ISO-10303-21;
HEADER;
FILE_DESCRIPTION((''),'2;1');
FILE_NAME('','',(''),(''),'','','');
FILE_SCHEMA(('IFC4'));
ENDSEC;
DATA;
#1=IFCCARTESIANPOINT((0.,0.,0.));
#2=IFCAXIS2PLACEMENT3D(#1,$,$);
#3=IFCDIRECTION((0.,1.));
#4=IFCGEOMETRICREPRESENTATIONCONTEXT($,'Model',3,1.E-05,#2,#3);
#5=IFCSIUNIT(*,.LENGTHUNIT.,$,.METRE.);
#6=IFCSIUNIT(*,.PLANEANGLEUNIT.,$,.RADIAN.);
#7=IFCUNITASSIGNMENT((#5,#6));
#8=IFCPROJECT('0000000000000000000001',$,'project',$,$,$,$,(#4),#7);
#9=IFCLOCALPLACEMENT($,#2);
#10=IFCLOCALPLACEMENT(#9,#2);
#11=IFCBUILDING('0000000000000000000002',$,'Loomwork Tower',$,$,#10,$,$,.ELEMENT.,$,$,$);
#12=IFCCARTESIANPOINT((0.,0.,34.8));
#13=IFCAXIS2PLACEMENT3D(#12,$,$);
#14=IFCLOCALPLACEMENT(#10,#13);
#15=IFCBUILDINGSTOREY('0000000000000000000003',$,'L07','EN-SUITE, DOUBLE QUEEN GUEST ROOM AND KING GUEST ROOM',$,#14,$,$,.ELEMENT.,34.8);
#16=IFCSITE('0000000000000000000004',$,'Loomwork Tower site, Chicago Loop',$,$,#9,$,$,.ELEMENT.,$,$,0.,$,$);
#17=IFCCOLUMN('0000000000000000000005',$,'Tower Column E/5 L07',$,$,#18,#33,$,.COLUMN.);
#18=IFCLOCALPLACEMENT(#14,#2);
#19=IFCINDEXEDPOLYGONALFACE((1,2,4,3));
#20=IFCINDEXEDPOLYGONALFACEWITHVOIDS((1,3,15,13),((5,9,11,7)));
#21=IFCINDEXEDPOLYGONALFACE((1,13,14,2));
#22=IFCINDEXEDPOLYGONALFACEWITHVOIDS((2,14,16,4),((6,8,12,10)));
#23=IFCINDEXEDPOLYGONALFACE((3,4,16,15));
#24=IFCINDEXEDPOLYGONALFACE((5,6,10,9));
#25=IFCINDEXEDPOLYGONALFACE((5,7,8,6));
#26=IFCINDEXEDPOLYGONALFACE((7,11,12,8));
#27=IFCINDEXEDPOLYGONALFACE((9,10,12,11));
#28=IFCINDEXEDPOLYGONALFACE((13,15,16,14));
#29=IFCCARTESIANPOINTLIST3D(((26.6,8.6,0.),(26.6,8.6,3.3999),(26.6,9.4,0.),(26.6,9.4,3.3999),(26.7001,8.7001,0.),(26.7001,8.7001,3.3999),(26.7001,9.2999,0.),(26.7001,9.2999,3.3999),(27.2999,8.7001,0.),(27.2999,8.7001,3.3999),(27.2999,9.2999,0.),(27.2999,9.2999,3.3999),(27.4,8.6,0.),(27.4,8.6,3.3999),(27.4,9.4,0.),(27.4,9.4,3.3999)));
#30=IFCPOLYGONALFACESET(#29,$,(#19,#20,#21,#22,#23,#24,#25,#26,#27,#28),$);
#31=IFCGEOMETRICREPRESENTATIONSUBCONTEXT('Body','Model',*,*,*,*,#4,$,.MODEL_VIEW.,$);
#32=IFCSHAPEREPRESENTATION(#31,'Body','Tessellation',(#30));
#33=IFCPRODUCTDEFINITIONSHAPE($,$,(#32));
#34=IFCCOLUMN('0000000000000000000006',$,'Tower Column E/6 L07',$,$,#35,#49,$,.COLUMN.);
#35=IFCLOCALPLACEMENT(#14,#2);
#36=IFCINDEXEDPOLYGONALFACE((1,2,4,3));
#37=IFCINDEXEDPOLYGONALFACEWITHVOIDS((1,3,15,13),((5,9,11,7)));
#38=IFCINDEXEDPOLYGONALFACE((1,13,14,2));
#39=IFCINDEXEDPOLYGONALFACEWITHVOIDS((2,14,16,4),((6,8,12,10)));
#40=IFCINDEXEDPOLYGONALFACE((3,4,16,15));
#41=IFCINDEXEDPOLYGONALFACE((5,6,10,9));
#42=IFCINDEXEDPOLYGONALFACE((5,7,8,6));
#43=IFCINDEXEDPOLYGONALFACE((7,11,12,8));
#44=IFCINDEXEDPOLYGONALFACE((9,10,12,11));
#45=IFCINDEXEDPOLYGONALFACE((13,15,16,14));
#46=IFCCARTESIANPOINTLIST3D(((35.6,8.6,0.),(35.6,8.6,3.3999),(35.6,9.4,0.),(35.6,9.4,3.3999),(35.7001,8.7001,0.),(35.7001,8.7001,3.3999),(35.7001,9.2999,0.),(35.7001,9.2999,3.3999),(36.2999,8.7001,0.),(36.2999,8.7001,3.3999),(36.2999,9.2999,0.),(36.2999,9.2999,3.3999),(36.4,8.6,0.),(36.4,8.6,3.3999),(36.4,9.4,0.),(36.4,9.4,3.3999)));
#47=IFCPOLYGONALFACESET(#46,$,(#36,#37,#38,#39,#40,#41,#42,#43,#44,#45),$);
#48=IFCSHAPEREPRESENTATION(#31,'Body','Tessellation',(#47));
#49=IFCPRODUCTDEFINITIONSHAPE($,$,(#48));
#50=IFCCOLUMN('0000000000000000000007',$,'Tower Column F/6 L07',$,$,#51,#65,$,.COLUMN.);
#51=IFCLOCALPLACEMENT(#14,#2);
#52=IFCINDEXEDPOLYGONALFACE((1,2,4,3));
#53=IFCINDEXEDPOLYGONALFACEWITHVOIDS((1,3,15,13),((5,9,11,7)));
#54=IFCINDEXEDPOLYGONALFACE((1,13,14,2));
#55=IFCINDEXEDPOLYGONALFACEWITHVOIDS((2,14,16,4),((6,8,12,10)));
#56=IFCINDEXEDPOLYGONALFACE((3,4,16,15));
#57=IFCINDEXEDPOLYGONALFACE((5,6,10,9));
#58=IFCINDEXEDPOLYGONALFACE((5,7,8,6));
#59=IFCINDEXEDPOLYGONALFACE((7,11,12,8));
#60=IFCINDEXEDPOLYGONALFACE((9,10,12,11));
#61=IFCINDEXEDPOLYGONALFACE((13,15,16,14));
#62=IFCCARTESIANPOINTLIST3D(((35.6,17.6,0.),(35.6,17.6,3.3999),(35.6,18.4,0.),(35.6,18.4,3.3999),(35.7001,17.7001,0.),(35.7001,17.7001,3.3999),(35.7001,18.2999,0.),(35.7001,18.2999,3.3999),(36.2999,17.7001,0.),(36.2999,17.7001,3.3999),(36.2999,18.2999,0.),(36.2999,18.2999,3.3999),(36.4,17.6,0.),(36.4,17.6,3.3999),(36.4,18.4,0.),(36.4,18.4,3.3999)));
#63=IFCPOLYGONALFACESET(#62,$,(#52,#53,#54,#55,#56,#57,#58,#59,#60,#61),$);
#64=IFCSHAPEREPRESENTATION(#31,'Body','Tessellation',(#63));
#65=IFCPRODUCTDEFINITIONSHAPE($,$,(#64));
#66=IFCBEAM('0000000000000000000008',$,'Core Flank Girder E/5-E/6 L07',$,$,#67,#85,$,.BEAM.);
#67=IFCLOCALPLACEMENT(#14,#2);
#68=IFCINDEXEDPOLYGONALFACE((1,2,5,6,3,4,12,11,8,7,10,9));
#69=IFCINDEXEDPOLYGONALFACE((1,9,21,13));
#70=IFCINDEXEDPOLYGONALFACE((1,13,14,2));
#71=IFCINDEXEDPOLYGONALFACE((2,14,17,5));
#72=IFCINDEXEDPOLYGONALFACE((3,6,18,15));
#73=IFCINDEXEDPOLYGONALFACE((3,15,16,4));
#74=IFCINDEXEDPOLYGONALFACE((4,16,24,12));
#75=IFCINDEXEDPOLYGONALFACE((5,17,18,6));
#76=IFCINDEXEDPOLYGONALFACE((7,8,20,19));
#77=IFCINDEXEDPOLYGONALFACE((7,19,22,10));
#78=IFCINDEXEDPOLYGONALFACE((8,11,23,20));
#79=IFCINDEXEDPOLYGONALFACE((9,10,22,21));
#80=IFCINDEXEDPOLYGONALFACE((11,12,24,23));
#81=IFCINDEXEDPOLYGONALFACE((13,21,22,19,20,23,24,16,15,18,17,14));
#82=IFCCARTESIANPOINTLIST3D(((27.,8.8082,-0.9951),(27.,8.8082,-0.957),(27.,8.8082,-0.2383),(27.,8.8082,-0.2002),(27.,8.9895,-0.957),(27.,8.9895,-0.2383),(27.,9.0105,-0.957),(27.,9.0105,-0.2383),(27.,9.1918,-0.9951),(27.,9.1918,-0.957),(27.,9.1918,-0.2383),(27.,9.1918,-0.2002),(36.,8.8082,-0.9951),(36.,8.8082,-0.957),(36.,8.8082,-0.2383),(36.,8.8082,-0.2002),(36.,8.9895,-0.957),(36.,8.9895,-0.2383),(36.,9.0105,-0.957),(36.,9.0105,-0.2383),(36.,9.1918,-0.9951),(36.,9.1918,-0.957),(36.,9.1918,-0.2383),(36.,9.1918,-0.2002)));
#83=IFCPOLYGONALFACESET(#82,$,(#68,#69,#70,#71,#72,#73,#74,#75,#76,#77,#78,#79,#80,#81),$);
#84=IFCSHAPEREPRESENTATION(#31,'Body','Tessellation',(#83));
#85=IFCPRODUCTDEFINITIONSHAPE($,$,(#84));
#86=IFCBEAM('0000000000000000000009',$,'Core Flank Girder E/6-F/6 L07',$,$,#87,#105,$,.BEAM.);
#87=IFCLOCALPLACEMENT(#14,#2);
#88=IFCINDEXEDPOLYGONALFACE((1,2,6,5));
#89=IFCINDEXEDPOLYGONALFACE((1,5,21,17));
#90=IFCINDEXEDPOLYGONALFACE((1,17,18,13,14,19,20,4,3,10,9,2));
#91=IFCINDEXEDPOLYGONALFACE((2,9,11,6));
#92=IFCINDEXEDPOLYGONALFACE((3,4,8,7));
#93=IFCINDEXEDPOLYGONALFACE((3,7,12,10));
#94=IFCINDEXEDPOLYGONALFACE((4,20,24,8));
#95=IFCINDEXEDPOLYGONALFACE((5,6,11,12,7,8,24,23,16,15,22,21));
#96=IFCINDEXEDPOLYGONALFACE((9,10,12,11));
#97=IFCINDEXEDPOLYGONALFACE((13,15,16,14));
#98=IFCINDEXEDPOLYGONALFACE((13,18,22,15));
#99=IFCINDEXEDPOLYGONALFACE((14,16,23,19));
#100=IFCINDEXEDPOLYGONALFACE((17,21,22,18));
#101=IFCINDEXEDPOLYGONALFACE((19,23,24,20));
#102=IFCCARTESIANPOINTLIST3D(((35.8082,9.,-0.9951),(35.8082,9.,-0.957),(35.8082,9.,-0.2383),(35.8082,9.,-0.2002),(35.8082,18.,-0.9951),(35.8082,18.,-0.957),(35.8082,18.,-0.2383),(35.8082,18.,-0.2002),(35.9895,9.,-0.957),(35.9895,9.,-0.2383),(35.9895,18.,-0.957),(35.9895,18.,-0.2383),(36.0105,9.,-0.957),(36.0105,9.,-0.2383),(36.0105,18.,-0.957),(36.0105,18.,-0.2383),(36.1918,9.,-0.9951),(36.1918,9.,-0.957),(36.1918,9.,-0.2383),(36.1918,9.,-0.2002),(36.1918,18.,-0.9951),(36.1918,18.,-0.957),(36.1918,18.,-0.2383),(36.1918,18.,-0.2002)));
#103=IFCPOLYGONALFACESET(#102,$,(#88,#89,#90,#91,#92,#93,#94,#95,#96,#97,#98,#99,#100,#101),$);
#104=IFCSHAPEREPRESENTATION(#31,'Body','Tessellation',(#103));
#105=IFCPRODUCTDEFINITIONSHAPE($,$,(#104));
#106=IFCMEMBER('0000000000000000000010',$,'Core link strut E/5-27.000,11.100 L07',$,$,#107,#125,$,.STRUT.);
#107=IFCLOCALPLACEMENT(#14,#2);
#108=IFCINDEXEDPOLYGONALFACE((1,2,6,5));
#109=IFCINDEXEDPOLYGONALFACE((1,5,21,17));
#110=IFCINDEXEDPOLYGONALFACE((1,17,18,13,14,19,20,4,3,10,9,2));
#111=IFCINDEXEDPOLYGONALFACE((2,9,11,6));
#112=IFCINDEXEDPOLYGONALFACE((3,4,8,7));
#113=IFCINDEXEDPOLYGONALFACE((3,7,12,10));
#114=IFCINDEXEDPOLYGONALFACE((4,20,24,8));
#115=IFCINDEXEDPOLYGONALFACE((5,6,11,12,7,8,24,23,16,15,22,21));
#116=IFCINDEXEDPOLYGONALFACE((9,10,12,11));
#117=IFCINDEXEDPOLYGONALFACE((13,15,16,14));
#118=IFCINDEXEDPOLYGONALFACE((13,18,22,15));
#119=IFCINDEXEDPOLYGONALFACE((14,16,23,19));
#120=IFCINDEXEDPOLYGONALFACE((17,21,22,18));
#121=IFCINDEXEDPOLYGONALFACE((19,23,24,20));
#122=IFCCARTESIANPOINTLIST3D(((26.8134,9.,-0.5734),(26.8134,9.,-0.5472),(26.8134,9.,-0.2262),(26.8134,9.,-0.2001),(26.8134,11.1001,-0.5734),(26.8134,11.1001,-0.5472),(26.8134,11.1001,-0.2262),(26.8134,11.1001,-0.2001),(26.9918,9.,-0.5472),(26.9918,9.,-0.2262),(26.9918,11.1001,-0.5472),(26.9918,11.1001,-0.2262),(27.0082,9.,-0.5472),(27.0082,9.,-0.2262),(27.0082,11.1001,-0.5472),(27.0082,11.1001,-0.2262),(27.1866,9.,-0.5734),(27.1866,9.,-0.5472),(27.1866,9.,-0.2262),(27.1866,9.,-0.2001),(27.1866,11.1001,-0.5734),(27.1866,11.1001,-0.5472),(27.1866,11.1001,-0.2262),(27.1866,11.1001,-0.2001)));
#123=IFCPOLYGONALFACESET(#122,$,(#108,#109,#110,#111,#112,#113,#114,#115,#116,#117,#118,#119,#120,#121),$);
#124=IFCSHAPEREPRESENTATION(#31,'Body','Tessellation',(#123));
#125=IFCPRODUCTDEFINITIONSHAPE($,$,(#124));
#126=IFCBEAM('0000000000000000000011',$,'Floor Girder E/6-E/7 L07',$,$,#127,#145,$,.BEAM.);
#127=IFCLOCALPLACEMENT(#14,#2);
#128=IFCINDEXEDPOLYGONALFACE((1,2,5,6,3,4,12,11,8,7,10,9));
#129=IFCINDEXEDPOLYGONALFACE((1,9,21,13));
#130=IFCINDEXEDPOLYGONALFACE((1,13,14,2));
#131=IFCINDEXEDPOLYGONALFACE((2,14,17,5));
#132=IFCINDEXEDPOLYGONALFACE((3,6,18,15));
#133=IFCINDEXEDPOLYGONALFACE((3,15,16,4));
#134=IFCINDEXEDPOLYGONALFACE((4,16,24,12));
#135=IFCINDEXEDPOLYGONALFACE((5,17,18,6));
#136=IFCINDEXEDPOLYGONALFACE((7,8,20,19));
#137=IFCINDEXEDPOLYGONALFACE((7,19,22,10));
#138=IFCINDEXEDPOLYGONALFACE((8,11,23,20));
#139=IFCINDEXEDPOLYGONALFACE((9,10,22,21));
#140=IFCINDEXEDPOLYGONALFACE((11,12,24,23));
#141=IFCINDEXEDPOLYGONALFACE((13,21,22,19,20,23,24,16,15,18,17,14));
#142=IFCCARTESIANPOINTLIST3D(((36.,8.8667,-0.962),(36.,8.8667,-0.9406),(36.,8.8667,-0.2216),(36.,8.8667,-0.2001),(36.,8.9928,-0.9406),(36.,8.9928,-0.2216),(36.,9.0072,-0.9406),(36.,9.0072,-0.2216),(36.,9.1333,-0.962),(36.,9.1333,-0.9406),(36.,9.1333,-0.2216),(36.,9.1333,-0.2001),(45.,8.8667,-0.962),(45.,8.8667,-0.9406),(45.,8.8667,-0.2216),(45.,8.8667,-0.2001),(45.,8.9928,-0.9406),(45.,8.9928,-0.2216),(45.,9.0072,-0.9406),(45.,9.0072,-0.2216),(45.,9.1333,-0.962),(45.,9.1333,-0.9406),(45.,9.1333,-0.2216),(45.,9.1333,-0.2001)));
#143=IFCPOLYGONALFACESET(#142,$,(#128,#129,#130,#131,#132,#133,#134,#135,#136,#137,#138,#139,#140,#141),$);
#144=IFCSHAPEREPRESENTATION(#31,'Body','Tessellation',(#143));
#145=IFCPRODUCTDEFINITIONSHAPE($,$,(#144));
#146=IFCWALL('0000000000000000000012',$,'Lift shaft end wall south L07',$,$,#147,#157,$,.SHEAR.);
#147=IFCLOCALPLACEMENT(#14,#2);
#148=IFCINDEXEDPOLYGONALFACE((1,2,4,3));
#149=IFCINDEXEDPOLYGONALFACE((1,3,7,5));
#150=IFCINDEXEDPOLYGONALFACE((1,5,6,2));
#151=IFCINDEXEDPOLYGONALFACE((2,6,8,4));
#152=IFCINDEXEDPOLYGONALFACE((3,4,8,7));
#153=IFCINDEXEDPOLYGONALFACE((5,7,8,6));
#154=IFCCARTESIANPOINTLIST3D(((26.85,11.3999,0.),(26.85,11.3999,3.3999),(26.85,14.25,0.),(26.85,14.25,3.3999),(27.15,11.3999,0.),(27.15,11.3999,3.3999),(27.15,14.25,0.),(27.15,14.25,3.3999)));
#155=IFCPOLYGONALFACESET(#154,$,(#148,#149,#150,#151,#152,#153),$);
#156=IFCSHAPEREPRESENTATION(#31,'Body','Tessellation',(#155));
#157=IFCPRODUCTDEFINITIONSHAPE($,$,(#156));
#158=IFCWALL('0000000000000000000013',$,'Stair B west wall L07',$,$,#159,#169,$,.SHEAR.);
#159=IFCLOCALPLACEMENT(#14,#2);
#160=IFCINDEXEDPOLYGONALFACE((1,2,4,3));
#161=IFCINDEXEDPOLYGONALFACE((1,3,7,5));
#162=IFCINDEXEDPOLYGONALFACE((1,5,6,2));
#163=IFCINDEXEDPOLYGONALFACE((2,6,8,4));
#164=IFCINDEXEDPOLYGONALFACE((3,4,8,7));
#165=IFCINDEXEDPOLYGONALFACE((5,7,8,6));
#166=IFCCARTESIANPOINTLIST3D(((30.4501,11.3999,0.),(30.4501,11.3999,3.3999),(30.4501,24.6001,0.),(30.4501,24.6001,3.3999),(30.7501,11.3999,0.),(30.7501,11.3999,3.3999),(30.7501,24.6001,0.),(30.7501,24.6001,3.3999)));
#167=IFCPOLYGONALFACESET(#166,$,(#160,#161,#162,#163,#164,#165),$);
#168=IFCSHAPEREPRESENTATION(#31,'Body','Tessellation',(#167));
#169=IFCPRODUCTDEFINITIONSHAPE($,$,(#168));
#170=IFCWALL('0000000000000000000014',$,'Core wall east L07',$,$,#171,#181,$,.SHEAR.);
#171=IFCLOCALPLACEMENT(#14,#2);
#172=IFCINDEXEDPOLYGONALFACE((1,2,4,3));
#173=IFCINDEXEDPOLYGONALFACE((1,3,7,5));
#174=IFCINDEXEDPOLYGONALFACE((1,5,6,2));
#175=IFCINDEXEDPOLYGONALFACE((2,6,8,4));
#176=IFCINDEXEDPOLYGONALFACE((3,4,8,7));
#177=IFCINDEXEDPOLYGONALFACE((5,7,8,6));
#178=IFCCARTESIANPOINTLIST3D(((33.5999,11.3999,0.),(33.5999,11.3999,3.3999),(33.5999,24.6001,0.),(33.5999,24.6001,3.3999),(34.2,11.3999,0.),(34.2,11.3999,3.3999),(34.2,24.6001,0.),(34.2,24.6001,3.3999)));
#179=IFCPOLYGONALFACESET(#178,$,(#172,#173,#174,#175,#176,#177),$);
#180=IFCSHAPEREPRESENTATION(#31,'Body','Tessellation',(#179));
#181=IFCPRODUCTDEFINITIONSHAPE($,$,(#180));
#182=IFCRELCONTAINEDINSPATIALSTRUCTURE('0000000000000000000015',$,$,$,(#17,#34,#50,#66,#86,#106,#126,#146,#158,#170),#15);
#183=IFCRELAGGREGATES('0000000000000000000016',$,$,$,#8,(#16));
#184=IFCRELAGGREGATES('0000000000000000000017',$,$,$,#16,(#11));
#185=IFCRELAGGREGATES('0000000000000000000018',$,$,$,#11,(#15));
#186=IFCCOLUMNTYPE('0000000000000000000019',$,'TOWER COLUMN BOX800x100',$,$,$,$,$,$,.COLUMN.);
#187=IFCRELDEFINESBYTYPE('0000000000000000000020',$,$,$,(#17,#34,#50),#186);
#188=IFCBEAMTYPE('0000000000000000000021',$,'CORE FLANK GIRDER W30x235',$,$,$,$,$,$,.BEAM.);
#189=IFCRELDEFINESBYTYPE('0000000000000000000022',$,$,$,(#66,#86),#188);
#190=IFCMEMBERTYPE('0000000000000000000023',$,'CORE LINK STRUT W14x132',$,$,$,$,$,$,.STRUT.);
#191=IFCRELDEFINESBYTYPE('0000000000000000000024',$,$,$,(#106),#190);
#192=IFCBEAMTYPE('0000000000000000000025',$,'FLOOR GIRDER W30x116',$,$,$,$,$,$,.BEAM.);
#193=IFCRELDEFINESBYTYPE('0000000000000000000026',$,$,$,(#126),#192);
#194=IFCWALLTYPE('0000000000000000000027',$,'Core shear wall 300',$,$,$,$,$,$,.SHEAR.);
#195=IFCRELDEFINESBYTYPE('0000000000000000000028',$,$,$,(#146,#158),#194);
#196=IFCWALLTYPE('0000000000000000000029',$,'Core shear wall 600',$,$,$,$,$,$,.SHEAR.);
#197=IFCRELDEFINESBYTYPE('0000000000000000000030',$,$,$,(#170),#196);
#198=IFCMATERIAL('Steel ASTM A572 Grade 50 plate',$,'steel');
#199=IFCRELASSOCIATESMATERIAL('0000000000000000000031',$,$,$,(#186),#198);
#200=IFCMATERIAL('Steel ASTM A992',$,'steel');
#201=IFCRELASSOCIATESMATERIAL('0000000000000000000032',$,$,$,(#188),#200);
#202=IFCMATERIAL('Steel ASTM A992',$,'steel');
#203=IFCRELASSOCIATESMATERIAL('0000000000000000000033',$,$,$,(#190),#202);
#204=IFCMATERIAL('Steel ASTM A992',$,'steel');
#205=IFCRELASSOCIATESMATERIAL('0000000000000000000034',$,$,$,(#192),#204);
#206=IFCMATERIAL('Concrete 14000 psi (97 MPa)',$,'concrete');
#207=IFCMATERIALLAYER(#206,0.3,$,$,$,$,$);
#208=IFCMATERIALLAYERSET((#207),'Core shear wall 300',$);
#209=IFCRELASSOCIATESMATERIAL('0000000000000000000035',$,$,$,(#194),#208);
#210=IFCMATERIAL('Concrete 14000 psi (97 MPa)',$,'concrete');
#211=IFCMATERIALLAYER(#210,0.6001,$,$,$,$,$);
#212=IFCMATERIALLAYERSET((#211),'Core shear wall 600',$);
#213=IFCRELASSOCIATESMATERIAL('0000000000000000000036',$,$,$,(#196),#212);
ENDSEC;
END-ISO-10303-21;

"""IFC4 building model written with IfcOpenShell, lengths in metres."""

from ifc_helpers import new_model, si_unit, direction, frame, frame_2d, origin, origin_2d, place, context, subcontext, project, spatial, rectangle, hollow_rectangle, i_section, extrude, material, layer, layer_set, material_profile, profile_set, type_object, element, save


model = new_model("IFC4")

# Units and contexts
model_context = context("Model", 3, precision=1e-05, world=origin(), true_north=direction((0.0, 1.0)))
body_context = subcontext(model_context, "Body", "Model", "MODEL_VIEW")
ifc_project = project(units=[si_unit("LENGTHUNIT", "METRE"), si_unit("PLANEANGLEUNIT", "RADIAN")], contexts=[model_context])

# Site, building, storey
site_placement = place(None, origin())
site = spatial("IfcSite", under=ifc_project, at=site_placement, Name="Loomwork Tower site, Chicago Loop", CompositionType="ELEMENT", RefElevation=0.0)
building_placement = place(site_placement, origin())
building = spatial("IfcBuilding", under=site, at=building_placement, Name="Loomwork Tower", CompositionType="ELEMENT")
storey_placement = place(building_placement, frame((0.0, 0.0, 34.8)))
storey = spatial("IfcBuildingStorey", under=building, at=storey_placement, Name="L07", Description="EN-SUITE, DOUBLE QUEEN GUEST ROOM AND KING GUEST ROOM", CompositionType="ELEMENT", Elevation=34.8)

# Columns
ifc_material_1 = material(Name="Steel ASTM A572 Grade 50 plate", Category="steel")
ifc_material_profile_1 = material_profile(ifc_material_1, hollow_rectangle(XDim=0.8, YDim=0.8, WallThickness=0.1001, at=origin_2d()), Name="BOX800x100")
ifc_profile_set_1 = profile_set([ifc_material_profile_1], Name="Steel ASTM A572 Grade 50 plate")
column_type = type_object("IfcColumnType", Name="TOWER COLUMN BOX800x100", PredefinedType="COLUMN", material=ifc_profile_set_1)
for number, where, z_axis, x_axis, name in (
    (1, (27.0, 9.0, 0.0), (0.0, 0.0, 1.0), (1.0, 0.0, 0.0), "Tower Column E/5 L07"),
    (2, (36.0, 9.0, 0.0), (0.0, 0.0, 1.0), (0.0, 1.0, 0.0), "Tower Column E/6 L07"),
    (3, (36.0, 18.0, 0.0), (0.0, 0.0, 1.0), (0.0, 1.0, 0.0), "Tower Column F/6 L07"),
):
    element("IfcColumn", number, at=place(storey_placement, frame(where, z_axis=z_axis, x_axis=x_axis)), inside=storey, type_object=column_type, Name=name, PredefinedType="COLUMN", context=body_context, shape_type="SweptSolid", body=[
        extrude(hollow_rectangle(XDim=0.8, YDim=0.8, WallThickness=0.1001, at=origin_2d()), origin(), (0.0, 0.0, 1.0), 3.3999),
    ])

# Beams
ifc_material_2 = material(Name="Steel ASTM A992", Category="steel")
ifc_material_profile_2 = material_profile(ifc_material_2, i_section(OverallWidth=0.3835, OverallDepth=0.7949, WebThickness=0.021, FlangeThickness=0.0381, at=origin_2d()), Name="W30x235")
ifc_profile_set_2 = profile_set([ifc_material_profile_2], Name="Steel ASTM A992")
beam_type_1 = type_object("IfcBeamType", Name="CORE FLANK GIRDER W30x235", PredefinedType="BEAM", material=ifc_profile_set_2)
for number, where, z_axis, x_axis, name in (
    (4, (27.0, 9.0, -0.5977), (1.0, 0.0, 0.0), (0.0, 1.0, 0.0), "Core Flank Girder E/5-E/6 L07"),
    (5, (36.0, 9.0, -0.5977), (0.0, 1.0, 0.0), (-1.0, 0.0, 0.0), "Core Flank Girder E/6-F/6 L07"),
):
    element("IfcBeam", number, at=place(storey_placement, frame(where, z_axis=z_axis, x_axis=x_axis)), inside=storey, type_object=beam_type_1, Name=name, PredefinedType="BEAM", context=body_context, shape_type="SweptSolid", body=[
        extrude(i_section(OverallWidth=0.3835, OverallDepth=0.7949, WebThickness=0.021, FlangeThickness=0.0381, at=origin_2d()), origin(), (0.0, 0.0, 1.0), 9.0),
    ])

# Member
ifc_material_3 = material(Name="Steel ASTM A992", Category="steel")
ifc_material_profile_3 = material_profile(ifc_material_3, i_section(OverallWidth=0.3733, OverallDepth=0.3733, WebThickness=0.0164, FlangeThickness=0.0261, at=origin_2d()), Name="W14x132")
ifc_profile_set_3 = profile_set([ifc_material_profile_3], Name="Steel ASTM A992")
member_type = type_object("IfcMemberType", Name="CORE LINK STRUT W14x132", PredefinedType="STRUT", material=ifc_profile_set_3)
member_placement = place(storey_placement, frame((27.0, 9.0, -0.3867), z_axis=(0.0, 1.0, 0.0), x_axis=(-1.0, 0.0, 0.0)))
element("IfcMember", 6, at=member_placement, inside=storey, type_object=member_type, Name="Core link strut E/5-27.000,11.100 L07", PredefinedType="STRUT", context=body_context, shape_type="SweptSolid", body=[
    extrude(i_section(OverallWidth=0.3733, OverallDepth=0.3733, WebThickness=0.0164, FlangeThickness=0.0261, at=origin_2d()), origin(), (0.0, 0.0, 1.0), 2.1001),
])

# Beam
ifc_material_4 = material(Name="Steel ASTM A992", Category="steel")
ifc_material_profile_4 = material_profile(ifc_material_4, i_section(OverallWidth=0.2666, OverallDepth=0.762, WebThickness=0.0144, FlangeThickness=0.0215, at=origin_2d()), Name="W30x116")
ifc_profile_set_4 = profile_set([ifc_material_profile_4], Name="Steel ASTM A992")
beam_type_2 = type_object("IfcBeamType", Name="FLOOR GIRDER W30x116", PredefinedType="BEAM", material=ifc_profile_set_4)
beam_placement = place(storey_placement, frame((36.0, 9.0, -0.5811), z_axis=(1.0, 0.0, 0.0), x_axis=(0.0, 1.0, 0.0)))
element("IfcBeam", 7, at=beam_placement, inside=storey, type_object=beam_type_2, Name="Floor Girder E/6-E/7 L07", PredefinedType="BEAM", context=body_context, shape_type="SweptSolid", body=[
    extrude(i_section(OverallWidth=0.2666, OverallDepth=0.762, WebThickness=0.0144, FlangeThickness=0.0215, at=origin_2d()), origin(), (0.0, 0.0, 1.0), 9.0),
])

# Walls
ifc_material_5 = material(Name="Concrete 14000 psi (97 MPa)", Category="concrete")
ifc_layer_1 = layer(ifc_material_5, 0.3)
ifc_layer_set_1 = layer_set([ifc_layer_1], Name="Core shear wall 300")
wall_type_1 = type_object("IfcWallType", Name="Core shear wall 300", PredefinedType="SHEAR", material=ifc_layer_set_1)
wall_1_placement = place(storey_placement, frame((27.0, 11.3999, 0.0), z_axis=(0.0, 0.0, 1.0), x_axis=(0.0, 1.0, 0.0)))
element("IfcWall", 8, at=wall_1_placement, inside=storey, type_object=wall_type_1, Name="Lift shaft end wall south L07", PredefinedType="SHEAR", context=body_context, shape_type="SweptSolid", body=[
    extrude(rectangle(XDim=2.8501, YDim=0.3, at=frame_2d((1.425, 0.0))), origin(), (0.0, 0.0, 1.0), 3.3999),
])
wall_2_placement = place(storey_placement, frame((30.6001, 11.3999, 0.0), z_axis=(0.0, 0.0, 1.0), x_axis=(0.0, 1.0, 0.0)))
element("IfcWall", 9, at=wall_2_placement, inside=storey, type_object=wall_type_1, Name="Stair B west wall L07", PredefinedType="SHEAR", context=body_context, shape_type="SweptSolid", body=[
    extrude(rectangle(XDim=13.2002, YDim=0.3, at=frame_2d((6.6001, 0.0))), origin(), (0.0, 0.0, 1.0), 3.3999),
])
ifc_material_6 = material(Name="Concrete 14000 psi (97 MPa)", Category="concrete")
ifc_layer_2 = layer(ifc_material_6, 0.6001)
ifc_layer_set_2 = layer_set([ifc_layer_2], Name="Core shear wall 600")
wall_type_2 = type_object("IfcWallType", Name="Core shear wall 600", PredefinedType="SHEAR", material=ifc_layer_set_2)
wall_3_placement = place(storey_placement, frame((33.8999, 11.3999, 0.0), z_axis=(0.0, 0.0, 1.0), x_axis=(0.0, 1.0, 0.0)))
element("IfcWall", 10, at=wall_3_placement, inside=storey, type_object=wall_type_2, Name="Core wall east L07", PredefinedType="SHEAR", context=body_context, shape_type="SweptSolid", body=[
    extrude(rectangle(XDim=13.2002, YDim=0.6001, at=frame_2d((6.6001, 0.0))), origin(), (0.0, 0.0, 1.0), 3.3999),
])

save(model, "model.ifc")
